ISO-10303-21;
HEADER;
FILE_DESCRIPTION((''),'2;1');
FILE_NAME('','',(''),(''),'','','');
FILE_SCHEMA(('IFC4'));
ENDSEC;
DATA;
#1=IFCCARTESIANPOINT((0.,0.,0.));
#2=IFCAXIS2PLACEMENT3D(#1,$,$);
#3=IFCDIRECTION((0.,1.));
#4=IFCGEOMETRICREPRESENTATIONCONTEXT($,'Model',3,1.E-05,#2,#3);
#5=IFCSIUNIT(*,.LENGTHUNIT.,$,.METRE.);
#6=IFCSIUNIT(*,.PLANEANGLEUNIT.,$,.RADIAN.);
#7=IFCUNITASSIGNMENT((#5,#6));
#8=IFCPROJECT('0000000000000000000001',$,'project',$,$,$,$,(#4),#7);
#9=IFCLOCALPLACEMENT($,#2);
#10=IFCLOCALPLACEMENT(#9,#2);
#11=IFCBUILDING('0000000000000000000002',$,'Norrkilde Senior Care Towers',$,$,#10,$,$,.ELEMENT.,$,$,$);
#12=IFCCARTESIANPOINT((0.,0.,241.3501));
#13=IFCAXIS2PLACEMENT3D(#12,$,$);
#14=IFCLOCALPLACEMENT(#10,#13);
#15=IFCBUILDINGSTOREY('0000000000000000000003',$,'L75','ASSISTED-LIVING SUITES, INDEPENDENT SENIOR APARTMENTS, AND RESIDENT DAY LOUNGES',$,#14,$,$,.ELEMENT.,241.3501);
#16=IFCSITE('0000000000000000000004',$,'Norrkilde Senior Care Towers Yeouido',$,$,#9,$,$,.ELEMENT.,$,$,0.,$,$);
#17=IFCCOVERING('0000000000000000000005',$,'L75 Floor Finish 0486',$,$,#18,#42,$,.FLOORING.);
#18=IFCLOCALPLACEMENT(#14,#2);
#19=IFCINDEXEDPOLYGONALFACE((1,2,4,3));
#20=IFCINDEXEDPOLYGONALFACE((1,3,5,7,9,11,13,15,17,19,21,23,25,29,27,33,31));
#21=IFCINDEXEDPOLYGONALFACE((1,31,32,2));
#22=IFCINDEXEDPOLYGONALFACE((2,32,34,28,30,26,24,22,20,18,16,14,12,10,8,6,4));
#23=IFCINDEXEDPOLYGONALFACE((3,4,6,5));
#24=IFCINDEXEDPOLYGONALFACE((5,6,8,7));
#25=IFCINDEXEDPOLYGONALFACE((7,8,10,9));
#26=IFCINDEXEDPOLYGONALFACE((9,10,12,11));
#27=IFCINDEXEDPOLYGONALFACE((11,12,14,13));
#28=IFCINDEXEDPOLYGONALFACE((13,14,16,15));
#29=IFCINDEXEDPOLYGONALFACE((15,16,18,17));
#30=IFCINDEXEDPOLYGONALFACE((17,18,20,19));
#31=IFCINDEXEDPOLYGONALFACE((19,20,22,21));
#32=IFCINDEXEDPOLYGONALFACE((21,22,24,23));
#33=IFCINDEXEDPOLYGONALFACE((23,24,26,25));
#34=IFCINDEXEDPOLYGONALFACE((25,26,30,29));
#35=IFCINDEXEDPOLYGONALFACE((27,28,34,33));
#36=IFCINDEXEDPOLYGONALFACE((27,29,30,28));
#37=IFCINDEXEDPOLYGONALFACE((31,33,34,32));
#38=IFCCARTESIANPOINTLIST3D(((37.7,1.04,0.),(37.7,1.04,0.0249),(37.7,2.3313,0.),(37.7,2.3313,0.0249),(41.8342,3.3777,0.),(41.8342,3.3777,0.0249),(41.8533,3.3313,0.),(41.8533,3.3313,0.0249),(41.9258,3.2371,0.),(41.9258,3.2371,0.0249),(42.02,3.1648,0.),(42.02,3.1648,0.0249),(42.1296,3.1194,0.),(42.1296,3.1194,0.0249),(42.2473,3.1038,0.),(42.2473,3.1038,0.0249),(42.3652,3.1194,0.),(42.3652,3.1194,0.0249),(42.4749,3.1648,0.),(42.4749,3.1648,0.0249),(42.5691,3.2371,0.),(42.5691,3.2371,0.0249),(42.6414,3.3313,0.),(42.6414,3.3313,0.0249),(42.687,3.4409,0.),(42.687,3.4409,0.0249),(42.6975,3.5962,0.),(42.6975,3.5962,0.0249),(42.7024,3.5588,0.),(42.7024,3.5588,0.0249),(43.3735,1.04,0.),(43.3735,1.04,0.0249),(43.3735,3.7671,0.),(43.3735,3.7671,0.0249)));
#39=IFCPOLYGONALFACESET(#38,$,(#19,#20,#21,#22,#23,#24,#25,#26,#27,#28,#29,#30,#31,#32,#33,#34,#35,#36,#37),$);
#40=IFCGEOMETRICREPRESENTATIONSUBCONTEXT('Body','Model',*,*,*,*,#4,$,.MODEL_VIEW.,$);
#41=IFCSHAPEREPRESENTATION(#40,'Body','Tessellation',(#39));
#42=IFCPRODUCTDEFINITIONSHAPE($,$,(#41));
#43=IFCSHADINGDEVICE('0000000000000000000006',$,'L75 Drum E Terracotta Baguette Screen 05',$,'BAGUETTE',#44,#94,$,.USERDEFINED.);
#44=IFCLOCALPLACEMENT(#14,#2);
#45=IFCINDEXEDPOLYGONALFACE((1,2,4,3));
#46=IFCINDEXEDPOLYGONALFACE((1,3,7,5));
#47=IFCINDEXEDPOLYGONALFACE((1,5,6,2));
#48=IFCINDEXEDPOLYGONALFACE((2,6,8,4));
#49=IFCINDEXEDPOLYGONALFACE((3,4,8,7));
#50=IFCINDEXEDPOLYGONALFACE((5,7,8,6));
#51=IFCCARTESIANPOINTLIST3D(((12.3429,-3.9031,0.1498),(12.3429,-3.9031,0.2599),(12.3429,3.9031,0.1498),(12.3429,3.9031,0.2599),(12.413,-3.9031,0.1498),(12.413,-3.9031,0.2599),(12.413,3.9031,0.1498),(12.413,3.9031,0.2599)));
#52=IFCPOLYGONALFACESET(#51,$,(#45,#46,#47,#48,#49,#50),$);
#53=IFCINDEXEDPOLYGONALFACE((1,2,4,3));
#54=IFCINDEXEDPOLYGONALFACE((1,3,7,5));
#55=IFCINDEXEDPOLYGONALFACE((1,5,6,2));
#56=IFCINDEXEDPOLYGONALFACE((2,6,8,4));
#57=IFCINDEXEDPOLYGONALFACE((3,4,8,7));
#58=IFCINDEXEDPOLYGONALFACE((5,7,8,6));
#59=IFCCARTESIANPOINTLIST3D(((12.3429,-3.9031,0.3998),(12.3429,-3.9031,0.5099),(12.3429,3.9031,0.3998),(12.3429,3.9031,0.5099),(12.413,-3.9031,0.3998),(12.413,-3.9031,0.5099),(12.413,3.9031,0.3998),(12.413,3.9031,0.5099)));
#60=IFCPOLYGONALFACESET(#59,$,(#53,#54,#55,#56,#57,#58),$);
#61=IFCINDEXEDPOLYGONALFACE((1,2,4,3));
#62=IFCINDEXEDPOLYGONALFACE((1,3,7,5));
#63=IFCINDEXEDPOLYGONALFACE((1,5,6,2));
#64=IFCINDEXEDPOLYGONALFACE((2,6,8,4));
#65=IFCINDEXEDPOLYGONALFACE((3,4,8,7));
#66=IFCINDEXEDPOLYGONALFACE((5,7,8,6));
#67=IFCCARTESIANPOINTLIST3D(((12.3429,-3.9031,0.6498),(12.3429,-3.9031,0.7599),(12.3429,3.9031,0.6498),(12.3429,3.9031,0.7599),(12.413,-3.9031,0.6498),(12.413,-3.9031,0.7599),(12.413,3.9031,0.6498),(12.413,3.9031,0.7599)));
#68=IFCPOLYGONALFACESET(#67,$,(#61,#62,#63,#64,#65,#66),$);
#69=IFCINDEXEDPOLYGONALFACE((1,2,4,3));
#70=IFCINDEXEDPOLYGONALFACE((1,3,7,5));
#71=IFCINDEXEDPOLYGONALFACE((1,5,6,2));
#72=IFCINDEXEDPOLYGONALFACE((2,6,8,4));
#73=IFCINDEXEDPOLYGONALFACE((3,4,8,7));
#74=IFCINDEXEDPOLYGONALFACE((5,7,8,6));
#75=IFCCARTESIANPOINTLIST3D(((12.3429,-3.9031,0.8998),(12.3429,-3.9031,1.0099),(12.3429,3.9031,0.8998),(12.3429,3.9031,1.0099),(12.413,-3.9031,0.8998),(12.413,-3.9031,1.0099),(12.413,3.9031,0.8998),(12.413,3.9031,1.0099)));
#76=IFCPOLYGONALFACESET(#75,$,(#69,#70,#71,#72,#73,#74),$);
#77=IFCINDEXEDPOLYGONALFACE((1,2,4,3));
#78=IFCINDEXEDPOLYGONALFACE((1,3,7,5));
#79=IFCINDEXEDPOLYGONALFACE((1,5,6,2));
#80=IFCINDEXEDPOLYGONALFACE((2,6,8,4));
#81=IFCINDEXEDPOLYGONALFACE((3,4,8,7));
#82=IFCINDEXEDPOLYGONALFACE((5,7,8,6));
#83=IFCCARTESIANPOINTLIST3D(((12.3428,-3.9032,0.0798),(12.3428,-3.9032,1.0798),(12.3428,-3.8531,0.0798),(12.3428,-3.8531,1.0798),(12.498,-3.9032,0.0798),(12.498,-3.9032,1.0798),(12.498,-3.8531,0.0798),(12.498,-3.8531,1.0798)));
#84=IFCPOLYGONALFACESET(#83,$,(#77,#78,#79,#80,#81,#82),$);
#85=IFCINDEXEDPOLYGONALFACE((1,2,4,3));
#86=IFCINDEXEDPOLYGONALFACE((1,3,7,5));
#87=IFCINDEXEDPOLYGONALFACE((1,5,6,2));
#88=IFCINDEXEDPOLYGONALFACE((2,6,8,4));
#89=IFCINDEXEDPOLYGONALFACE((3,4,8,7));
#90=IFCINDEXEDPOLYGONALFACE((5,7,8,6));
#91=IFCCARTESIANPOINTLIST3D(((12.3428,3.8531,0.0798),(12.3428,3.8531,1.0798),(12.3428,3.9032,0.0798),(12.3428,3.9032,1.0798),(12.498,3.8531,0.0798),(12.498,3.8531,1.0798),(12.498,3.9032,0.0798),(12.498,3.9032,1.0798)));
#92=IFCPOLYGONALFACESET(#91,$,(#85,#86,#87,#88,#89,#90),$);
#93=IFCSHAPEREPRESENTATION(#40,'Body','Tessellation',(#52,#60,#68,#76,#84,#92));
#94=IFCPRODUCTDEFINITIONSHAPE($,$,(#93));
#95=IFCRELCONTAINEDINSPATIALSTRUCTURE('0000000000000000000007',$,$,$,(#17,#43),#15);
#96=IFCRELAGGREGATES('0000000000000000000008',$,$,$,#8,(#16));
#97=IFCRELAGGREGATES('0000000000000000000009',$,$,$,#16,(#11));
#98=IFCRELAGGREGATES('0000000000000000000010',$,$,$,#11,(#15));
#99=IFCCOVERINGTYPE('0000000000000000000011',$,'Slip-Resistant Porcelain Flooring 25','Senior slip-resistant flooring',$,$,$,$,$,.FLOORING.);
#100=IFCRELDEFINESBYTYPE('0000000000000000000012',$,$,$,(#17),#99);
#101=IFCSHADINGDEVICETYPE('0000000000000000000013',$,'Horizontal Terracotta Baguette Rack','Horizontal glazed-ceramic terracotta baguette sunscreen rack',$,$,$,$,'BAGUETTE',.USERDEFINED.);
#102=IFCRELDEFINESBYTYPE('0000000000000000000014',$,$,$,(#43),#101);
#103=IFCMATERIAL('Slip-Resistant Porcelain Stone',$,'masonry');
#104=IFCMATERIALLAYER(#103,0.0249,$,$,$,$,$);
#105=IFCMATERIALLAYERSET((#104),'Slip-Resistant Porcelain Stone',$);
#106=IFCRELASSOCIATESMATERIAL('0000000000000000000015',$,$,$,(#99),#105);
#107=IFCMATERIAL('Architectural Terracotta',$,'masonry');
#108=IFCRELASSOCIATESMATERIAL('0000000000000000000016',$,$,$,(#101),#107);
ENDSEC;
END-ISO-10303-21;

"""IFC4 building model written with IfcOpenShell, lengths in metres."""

from ifc_helpers import new_model, si_unit, direction, frame, origin, origin_2d, place, context, subcontext, project, spatial, polyline, rectangle, outline, extrude, source, transform, mapped, material, layer, layer_set, type_object, type_shapes, element, save


model = new_model("IFC4")

# Units and contexts
model_context = context("Model", 3, precision=1e-05, world=origin(), true_north=direction((0.0, 1.0)))
body_context = subcontext(model_context, "Body", "Model", "MODEL_VIEW")
ifc_project = project(units=[si_unit("LENGTHUNIT", "METRE"), si_unit("PLANEANGLEUNIT", "RADIAN")], contexts=[model_context])

# Site, building, storey
site_placement = place(None, origin())
site = spatial("IfcSite", under=ifc_project, at=site_placement, Name="Norrkilde Senior Care Towers Yeouido", CompositionType="ELEMENT", RefElevation=0.0)
building_placement = place(site_placement, origin())
building = spatial("IfcBuilding", under=site, at=building_placement, Name="Norrkilde Senior Care Towers", CompositionType="ELEMENT")
storey_placement = place(building_placement, frame((0.0, 0.0, 241.3501)))
storey = spatial("IfcBuildingStorey", under=building, at=storey_placement, Name="L75", Description="ASSISTED-LIVING SUITES, INDEPENDENT SENIOR APARTMENTS, AND RESIDENT DAY LOUNGES", CompositionType="ELEMENT", Elevation=241.3501)

# Covering
ifc_material_1 = material(Name="Slip-Resistant Porcelain Stone", Category="masonry")
ifc_layer_1 = layer(ifc_material_1, 0.0249)
ifc_layer_set_1 = layer_set([ifc_layer_1], Name="Slip-Resistant Porcelain Stone")
covering_type_1 = type_object("IfcCoveringType", Name="Slip-Resistant Porcelain Flooring 25", Description="Senior slip-resistant flooring", PredefinedType="FLOORING", material=ifc_layer_set_1)
covering_1_placement = place(storey_placement, origin())
element("IfcCovering", 1, at=covering_1_placement, inside=storey, type_object=covering_type_1, Name="L75 Floor Finish 0486", PredefinedType="FLOORING", context=body_context, shape_type="SweptSolid", body=[
    extrude(outline(polyline([(43.3735, 1.04), (37.7, 1.04), (37.7, 2.3313), (41.8342, 3.3777), (41.8533, 3.3313), (41.9258, 3.2371), (42.02, 3.1648), (42.1296, 3.1194), (42.2473, 3.1038), (42.3652, 3.1194), (42.4749, 3.1648), (42.5691, 3.2371), (42.6414, 3.3313), (42.687, 3.4409), (42.7024, 3.5588), (42.6975, 3.5962), (43.3735, 3.7671), (43.3735, 1.04)])), origin(), (0.0, 0.0, 1.0), 0.0249),
])

# Shading device
ifc_material_2 = material(Name="Architectural Terracotta", Category="masonry")
shading_device_type = type_object("IfcShadingDeviceType", Name="Horizontal Terracotta Baguette Rack", Description="Horizontal glazed-ceramic terracotta baguette sunscreen rack", ElementType="BAGUETTE", PredefinedType="USERDEFINED", material=ifc_material_2)
shared_shape_1 = source(origin(), body_context, "Body", "SweptSolid", [
    extrude(rectangle(XDim=0.0701, YDim=0.1101, at=origin_2d()), frame((0.0, 0.0901, 0.125), z_axis=(1.0, 0.0, 0.0), x_axis=(0.0, 1.0, 0.0)), (0.0, 0.0, 1.0), 7.8062),
    extrude(rectangle(XDim=0.0701, YDim=0.1101, at=origin_2d()), frame((0.0, 0.0901, 0.375), z_axis=(1.0, 0.0, 0.0), x_axis=(0.0, 1.0, 0.0)), (0.0, 0.0, 1.0), 7.8062),
    extrude(rectangle(XDim=0.0701, YDim=0.1101, at=origin_2d()), frame((0.0, 0.0901, 0.625), z_axis=(1.0, 0.0, 0.0), x_axis=(0.0, 1.0, 0.0)), (0.0, 0.0, 1.0), 7.8062),
    extrude(rectangle(XDim=0.0701, YDim=0.1101, at=origin_2d()), frame((0.0, 0.0901, 0.875), z_axis=(1.0, 0.0, 0.0), x_axis=(0.0, 1.0, 0.0)), (0.0, 0.0, 1.0), 7.8062),
    extrude(rectangle(XDim=0.05, YDim=0.1553, at=origin_2d()), frame((0.0249, 0.0476, 0.0)), (0.0, 0.0, 1.0), 1.0),
    extrude(rectangle(XDim=0.05, YDim=0.1553, at=origin_2d()), frame((7.7812, 0.0476, 0.0)), (0.0, 0.0, 1.0), 1.0),
])
type_shapes(shading_device_type, [shared_shape_1])
shading_device_placement = place(storey_placement, frame((12.468, -3.9031, 0.0798), z_axis=(0.0, 0.0, 1.0), x_axis=(0.0, 1.0, 0.0)))
element("IfcShadingDevice", 2, at=shading_device_placement, inside=storey, type_object=shading_device_type, Name="L75 Drum E Terracotta Baguette Screen 05", ObjectType="BAGUETTE", PredefinedType="USERDEFINED", context=body_context, shape_type="MappedRepresentation", body=[
    mapped(shared_shape_1, transform((0.0, 0.0, 0.0), x_axis=(1.0, 0.0, 0.0), y_axis=(0.0, 1.0, 0.0), z_axis=(0.0, 0.0, 1.0), scale=1.0)),
])

save(model, "model.ifc")
